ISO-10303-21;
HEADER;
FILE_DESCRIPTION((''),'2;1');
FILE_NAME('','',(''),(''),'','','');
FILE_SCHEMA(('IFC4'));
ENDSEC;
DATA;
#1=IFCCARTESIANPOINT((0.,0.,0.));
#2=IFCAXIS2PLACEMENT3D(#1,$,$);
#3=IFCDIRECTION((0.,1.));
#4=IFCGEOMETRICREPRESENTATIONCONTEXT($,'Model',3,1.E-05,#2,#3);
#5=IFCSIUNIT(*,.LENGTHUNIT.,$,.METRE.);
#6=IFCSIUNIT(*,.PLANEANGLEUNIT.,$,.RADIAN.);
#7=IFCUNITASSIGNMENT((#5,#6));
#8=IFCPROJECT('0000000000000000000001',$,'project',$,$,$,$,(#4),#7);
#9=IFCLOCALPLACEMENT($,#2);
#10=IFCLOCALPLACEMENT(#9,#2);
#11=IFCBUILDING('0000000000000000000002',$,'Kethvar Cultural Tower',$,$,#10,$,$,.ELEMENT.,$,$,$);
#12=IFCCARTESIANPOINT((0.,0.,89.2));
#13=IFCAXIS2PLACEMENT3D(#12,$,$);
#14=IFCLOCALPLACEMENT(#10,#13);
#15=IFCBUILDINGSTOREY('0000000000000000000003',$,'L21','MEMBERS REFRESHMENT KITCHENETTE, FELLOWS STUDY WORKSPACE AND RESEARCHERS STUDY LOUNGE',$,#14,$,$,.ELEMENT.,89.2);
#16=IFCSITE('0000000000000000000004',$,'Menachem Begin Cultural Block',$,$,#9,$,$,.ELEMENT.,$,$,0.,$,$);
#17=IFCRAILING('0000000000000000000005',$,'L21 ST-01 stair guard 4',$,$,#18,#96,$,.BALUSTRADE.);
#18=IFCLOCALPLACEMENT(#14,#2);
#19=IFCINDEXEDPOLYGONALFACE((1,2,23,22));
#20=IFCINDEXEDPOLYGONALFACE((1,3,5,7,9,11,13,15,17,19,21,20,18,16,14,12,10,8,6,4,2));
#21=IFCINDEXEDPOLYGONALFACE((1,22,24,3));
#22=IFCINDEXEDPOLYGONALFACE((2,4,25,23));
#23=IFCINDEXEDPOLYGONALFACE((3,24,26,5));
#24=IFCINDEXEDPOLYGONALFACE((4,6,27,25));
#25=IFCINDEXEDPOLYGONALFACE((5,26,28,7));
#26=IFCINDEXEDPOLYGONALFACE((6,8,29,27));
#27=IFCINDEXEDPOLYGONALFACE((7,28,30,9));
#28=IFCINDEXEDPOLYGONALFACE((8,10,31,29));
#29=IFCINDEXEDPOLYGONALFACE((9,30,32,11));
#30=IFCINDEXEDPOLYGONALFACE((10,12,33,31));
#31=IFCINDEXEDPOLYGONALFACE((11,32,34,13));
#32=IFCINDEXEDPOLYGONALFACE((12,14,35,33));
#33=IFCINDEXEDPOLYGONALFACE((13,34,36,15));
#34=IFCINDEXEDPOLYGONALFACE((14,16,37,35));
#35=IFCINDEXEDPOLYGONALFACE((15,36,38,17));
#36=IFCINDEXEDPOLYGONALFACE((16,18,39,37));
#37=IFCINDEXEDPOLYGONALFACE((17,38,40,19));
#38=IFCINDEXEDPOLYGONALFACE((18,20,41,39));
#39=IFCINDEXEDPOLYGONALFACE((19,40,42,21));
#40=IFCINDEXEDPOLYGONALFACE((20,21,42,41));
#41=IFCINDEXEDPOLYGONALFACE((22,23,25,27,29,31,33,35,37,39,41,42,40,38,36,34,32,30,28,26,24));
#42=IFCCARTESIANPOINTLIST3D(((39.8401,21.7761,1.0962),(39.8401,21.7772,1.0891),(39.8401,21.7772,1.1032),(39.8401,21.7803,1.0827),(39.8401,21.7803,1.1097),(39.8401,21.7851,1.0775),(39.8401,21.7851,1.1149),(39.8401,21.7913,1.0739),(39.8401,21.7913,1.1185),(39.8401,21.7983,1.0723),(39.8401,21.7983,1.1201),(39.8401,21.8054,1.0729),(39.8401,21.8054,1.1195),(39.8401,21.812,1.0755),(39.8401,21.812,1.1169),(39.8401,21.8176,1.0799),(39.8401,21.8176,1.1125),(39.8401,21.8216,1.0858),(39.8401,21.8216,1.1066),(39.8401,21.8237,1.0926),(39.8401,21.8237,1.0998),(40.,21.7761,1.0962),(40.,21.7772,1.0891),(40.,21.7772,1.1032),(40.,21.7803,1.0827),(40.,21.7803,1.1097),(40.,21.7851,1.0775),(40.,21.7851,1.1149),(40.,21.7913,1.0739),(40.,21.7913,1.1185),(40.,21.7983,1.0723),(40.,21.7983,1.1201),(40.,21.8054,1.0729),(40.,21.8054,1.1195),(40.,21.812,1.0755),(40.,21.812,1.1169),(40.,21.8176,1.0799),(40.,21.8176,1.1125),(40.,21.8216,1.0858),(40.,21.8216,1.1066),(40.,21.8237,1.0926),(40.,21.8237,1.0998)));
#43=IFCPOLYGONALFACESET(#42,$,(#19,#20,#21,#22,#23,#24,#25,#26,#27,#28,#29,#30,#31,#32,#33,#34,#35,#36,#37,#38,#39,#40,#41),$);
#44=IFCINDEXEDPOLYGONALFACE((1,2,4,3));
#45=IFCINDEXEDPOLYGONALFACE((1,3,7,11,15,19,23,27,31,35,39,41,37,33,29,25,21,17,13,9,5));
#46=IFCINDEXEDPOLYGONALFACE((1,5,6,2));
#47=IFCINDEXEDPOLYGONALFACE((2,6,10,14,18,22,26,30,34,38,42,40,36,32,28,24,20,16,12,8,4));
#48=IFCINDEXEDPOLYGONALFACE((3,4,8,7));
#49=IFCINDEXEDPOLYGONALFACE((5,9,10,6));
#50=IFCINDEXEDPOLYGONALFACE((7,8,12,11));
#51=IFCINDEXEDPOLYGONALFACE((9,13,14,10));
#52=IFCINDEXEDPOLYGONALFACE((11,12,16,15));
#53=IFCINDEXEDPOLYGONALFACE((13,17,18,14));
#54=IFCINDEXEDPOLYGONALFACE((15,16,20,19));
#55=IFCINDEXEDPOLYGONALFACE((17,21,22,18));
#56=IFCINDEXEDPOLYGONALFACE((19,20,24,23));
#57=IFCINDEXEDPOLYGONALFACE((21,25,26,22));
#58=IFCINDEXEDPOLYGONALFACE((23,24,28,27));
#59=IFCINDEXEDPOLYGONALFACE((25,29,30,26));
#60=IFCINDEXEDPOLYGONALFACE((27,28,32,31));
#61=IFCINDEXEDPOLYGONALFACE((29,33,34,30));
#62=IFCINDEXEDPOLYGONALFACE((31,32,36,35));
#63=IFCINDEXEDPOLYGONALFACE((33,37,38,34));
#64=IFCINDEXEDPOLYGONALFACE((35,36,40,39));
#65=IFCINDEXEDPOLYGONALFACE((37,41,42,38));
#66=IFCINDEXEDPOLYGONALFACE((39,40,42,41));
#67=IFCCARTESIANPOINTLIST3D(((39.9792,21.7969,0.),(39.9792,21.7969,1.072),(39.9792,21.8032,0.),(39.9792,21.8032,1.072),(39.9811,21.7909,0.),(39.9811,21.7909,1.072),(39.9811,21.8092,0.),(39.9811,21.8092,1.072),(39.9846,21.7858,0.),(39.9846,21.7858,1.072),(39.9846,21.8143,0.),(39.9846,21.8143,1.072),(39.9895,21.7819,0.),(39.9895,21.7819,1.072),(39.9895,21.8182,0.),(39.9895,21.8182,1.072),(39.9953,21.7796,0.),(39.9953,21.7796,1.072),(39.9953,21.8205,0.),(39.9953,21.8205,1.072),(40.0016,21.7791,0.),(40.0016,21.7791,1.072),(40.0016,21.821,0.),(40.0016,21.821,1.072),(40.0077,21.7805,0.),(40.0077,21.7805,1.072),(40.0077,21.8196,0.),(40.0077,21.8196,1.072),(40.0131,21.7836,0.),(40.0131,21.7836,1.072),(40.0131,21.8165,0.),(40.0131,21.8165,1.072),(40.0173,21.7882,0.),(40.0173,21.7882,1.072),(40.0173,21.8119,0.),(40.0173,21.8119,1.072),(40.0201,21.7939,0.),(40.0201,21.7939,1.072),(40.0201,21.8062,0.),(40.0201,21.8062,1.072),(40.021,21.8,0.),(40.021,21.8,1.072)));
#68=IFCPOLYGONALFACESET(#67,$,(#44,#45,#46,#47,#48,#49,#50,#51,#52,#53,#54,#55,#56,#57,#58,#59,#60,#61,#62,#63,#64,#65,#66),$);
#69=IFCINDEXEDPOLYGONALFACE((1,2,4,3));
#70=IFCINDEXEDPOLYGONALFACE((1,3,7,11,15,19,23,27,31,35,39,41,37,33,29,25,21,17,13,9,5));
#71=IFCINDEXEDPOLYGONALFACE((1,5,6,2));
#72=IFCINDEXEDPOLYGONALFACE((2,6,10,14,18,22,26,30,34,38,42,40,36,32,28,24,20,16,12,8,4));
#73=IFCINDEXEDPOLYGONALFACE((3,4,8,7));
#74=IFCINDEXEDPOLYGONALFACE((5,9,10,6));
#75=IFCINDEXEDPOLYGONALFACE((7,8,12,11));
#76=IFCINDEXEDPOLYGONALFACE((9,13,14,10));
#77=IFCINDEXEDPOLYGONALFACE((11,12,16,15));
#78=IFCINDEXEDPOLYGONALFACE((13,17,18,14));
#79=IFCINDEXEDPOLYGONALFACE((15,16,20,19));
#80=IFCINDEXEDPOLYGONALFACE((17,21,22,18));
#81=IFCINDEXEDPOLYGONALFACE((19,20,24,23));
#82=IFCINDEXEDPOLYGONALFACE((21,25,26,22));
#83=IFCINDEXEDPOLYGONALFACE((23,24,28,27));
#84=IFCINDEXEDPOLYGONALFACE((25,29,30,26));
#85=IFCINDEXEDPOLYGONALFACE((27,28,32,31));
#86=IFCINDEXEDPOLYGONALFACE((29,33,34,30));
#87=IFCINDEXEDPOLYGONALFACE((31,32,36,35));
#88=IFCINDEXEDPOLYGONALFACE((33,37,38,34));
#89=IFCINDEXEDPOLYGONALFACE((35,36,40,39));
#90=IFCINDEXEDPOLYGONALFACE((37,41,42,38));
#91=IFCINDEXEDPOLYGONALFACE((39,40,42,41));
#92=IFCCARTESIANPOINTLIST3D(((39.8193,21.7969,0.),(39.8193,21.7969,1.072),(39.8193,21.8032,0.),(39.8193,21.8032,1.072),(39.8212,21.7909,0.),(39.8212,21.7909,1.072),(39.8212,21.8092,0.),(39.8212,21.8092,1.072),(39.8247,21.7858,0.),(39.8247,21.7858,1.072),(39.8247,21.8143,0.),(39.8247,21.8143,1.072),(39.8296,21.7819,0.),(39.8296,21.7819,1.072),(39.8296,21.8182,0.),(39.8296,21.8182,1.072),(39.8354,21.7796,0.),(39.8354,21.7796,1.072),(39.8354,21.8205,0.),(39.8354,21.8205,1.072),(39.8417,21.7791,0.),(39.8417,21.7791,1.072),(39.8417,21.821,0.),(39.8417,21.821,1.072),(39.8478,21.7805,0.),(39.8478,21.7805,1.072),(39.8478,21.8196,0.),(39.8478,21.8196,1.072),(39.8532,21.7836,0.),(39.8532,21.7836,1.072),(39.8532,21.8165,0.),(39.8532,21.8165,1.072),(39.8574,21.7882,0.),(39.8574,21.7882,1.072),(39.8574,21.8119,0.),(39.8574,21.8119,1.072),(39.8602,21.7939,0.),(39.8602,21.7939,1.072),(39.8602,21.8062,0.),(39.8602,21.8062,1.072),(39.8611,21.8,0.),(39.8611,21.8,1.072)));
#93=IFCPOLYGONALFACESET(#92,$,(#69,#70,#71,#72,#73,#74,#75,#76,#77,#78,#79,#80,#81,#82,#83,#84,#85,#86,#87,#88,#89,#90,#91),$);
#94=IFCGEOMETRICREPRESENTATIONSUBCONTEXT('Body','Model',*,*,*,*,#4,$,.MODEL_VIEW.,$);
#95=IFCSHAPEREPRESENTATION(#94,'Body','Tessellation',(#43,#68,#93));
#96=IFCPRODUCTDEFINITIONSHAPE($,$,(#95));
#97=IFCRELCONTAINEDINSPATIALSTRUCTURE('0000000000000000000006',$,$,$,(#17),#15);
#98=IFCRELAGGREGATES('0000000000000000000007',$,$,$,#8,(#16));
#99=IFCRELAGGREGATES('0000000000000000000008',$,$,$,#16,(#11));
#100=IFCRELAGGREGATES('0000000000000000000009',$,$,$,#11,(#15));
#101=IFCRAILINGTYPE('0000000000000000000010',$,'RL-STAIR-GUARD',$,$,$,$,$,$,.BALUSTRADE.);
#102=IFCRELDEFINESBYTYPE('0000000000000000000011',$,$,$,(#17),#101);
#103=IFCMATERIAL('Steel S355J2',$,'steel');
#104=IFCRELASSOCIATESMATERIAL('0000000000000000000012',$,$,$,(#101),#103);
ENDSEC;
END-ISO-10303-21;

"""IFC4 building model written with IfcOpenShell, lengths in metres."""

from ifc_helpers import new_model, si_unit, direction, frame, origin, origin_2d, place, context, subcontext, project, spatial, circle, extrude, material, type_object, element, save


model = new_model("IFC4")

# Units and contexts
model_context = context("Model", 3, precision=1e-05, world=origin(), true_north=direction((0.0, 1.0)))
body_context = subcontext(model_context, "Body", "Model", "MODEL_VIEW")
ifc_project = project(units=[si_unit("LENGTHUNIT", "METRE"), si_unit("PLANEANGLEUNIT", "RADIAN")], contexts=[model_context])

# Site, building, storey
site_placement = place(None, origin())
site = spatial("IfcSite", under=ifc_project, at=site_placement, Name="Menachem Begin Cultural Block", CompositionType="ELEMENT", RefElevation=0.0)
building_placement = place(site_placement, origin())
building = spatial("IfcBuilding", under=site, at=building_placement, Name="Kethvar Cultural Tower", CompositionType="ELEMENT")
storey_placement = place(building_placement, frame((0.0, 0.0, 89.2)))
storey = spatial("IfcBuildingStorey", under=building, at=storey_placement, Name="L21", Description="MEMBERS REFRESHMENT KITCHENETTE, FELLOWS STUDY WORKSPACE AND RESEARCHERS STUDY LOUNGE", CompositionType="ELEMENT", Elevation=89.2)

# Shared definitions
ifc_material_1 = material(Name="Steel S355J2", Category="steel")

# Railing
railing_type_1 = type_object("IfcRailingType", Name="RL-STAIR-GUARD", PredefinedType="BALUSTRADE", material=ifc_material_1)
railing_1_placement = place(storey_placement, frame((40.0, 21.8, 0.0)))
element("IfcRailing", 1, at=railing_1_placement, inside=storey, type_object=railing_type_1, Name="L21 ST-01 stair guard 4", PredefinedType="BALUSTRADE", context=body_context, shape_type="SweptSolid", body=[
    extrude(circle(Radius=0.0239, at=origin_2d()), frame((0.0, 0.0, 1.0962), z_axis=(-1.0, 0.0, 0.0), x_axis=(0.0, -1.0, 0.0)), (0.0, 0.0, 1.0), 0.1599),
    extrude(circle(Radius=0.021, at=origin_2d()), origin(), (0.0, 0.0, 1.0), 1.072),
    extrude(circle(Radius=0.021, at=origin_2d()), frame((-0.1599, 0.0, 0.0)), (0.0, 0.0, 1.0), 1.072),
])

save(model, "model.ifc")
